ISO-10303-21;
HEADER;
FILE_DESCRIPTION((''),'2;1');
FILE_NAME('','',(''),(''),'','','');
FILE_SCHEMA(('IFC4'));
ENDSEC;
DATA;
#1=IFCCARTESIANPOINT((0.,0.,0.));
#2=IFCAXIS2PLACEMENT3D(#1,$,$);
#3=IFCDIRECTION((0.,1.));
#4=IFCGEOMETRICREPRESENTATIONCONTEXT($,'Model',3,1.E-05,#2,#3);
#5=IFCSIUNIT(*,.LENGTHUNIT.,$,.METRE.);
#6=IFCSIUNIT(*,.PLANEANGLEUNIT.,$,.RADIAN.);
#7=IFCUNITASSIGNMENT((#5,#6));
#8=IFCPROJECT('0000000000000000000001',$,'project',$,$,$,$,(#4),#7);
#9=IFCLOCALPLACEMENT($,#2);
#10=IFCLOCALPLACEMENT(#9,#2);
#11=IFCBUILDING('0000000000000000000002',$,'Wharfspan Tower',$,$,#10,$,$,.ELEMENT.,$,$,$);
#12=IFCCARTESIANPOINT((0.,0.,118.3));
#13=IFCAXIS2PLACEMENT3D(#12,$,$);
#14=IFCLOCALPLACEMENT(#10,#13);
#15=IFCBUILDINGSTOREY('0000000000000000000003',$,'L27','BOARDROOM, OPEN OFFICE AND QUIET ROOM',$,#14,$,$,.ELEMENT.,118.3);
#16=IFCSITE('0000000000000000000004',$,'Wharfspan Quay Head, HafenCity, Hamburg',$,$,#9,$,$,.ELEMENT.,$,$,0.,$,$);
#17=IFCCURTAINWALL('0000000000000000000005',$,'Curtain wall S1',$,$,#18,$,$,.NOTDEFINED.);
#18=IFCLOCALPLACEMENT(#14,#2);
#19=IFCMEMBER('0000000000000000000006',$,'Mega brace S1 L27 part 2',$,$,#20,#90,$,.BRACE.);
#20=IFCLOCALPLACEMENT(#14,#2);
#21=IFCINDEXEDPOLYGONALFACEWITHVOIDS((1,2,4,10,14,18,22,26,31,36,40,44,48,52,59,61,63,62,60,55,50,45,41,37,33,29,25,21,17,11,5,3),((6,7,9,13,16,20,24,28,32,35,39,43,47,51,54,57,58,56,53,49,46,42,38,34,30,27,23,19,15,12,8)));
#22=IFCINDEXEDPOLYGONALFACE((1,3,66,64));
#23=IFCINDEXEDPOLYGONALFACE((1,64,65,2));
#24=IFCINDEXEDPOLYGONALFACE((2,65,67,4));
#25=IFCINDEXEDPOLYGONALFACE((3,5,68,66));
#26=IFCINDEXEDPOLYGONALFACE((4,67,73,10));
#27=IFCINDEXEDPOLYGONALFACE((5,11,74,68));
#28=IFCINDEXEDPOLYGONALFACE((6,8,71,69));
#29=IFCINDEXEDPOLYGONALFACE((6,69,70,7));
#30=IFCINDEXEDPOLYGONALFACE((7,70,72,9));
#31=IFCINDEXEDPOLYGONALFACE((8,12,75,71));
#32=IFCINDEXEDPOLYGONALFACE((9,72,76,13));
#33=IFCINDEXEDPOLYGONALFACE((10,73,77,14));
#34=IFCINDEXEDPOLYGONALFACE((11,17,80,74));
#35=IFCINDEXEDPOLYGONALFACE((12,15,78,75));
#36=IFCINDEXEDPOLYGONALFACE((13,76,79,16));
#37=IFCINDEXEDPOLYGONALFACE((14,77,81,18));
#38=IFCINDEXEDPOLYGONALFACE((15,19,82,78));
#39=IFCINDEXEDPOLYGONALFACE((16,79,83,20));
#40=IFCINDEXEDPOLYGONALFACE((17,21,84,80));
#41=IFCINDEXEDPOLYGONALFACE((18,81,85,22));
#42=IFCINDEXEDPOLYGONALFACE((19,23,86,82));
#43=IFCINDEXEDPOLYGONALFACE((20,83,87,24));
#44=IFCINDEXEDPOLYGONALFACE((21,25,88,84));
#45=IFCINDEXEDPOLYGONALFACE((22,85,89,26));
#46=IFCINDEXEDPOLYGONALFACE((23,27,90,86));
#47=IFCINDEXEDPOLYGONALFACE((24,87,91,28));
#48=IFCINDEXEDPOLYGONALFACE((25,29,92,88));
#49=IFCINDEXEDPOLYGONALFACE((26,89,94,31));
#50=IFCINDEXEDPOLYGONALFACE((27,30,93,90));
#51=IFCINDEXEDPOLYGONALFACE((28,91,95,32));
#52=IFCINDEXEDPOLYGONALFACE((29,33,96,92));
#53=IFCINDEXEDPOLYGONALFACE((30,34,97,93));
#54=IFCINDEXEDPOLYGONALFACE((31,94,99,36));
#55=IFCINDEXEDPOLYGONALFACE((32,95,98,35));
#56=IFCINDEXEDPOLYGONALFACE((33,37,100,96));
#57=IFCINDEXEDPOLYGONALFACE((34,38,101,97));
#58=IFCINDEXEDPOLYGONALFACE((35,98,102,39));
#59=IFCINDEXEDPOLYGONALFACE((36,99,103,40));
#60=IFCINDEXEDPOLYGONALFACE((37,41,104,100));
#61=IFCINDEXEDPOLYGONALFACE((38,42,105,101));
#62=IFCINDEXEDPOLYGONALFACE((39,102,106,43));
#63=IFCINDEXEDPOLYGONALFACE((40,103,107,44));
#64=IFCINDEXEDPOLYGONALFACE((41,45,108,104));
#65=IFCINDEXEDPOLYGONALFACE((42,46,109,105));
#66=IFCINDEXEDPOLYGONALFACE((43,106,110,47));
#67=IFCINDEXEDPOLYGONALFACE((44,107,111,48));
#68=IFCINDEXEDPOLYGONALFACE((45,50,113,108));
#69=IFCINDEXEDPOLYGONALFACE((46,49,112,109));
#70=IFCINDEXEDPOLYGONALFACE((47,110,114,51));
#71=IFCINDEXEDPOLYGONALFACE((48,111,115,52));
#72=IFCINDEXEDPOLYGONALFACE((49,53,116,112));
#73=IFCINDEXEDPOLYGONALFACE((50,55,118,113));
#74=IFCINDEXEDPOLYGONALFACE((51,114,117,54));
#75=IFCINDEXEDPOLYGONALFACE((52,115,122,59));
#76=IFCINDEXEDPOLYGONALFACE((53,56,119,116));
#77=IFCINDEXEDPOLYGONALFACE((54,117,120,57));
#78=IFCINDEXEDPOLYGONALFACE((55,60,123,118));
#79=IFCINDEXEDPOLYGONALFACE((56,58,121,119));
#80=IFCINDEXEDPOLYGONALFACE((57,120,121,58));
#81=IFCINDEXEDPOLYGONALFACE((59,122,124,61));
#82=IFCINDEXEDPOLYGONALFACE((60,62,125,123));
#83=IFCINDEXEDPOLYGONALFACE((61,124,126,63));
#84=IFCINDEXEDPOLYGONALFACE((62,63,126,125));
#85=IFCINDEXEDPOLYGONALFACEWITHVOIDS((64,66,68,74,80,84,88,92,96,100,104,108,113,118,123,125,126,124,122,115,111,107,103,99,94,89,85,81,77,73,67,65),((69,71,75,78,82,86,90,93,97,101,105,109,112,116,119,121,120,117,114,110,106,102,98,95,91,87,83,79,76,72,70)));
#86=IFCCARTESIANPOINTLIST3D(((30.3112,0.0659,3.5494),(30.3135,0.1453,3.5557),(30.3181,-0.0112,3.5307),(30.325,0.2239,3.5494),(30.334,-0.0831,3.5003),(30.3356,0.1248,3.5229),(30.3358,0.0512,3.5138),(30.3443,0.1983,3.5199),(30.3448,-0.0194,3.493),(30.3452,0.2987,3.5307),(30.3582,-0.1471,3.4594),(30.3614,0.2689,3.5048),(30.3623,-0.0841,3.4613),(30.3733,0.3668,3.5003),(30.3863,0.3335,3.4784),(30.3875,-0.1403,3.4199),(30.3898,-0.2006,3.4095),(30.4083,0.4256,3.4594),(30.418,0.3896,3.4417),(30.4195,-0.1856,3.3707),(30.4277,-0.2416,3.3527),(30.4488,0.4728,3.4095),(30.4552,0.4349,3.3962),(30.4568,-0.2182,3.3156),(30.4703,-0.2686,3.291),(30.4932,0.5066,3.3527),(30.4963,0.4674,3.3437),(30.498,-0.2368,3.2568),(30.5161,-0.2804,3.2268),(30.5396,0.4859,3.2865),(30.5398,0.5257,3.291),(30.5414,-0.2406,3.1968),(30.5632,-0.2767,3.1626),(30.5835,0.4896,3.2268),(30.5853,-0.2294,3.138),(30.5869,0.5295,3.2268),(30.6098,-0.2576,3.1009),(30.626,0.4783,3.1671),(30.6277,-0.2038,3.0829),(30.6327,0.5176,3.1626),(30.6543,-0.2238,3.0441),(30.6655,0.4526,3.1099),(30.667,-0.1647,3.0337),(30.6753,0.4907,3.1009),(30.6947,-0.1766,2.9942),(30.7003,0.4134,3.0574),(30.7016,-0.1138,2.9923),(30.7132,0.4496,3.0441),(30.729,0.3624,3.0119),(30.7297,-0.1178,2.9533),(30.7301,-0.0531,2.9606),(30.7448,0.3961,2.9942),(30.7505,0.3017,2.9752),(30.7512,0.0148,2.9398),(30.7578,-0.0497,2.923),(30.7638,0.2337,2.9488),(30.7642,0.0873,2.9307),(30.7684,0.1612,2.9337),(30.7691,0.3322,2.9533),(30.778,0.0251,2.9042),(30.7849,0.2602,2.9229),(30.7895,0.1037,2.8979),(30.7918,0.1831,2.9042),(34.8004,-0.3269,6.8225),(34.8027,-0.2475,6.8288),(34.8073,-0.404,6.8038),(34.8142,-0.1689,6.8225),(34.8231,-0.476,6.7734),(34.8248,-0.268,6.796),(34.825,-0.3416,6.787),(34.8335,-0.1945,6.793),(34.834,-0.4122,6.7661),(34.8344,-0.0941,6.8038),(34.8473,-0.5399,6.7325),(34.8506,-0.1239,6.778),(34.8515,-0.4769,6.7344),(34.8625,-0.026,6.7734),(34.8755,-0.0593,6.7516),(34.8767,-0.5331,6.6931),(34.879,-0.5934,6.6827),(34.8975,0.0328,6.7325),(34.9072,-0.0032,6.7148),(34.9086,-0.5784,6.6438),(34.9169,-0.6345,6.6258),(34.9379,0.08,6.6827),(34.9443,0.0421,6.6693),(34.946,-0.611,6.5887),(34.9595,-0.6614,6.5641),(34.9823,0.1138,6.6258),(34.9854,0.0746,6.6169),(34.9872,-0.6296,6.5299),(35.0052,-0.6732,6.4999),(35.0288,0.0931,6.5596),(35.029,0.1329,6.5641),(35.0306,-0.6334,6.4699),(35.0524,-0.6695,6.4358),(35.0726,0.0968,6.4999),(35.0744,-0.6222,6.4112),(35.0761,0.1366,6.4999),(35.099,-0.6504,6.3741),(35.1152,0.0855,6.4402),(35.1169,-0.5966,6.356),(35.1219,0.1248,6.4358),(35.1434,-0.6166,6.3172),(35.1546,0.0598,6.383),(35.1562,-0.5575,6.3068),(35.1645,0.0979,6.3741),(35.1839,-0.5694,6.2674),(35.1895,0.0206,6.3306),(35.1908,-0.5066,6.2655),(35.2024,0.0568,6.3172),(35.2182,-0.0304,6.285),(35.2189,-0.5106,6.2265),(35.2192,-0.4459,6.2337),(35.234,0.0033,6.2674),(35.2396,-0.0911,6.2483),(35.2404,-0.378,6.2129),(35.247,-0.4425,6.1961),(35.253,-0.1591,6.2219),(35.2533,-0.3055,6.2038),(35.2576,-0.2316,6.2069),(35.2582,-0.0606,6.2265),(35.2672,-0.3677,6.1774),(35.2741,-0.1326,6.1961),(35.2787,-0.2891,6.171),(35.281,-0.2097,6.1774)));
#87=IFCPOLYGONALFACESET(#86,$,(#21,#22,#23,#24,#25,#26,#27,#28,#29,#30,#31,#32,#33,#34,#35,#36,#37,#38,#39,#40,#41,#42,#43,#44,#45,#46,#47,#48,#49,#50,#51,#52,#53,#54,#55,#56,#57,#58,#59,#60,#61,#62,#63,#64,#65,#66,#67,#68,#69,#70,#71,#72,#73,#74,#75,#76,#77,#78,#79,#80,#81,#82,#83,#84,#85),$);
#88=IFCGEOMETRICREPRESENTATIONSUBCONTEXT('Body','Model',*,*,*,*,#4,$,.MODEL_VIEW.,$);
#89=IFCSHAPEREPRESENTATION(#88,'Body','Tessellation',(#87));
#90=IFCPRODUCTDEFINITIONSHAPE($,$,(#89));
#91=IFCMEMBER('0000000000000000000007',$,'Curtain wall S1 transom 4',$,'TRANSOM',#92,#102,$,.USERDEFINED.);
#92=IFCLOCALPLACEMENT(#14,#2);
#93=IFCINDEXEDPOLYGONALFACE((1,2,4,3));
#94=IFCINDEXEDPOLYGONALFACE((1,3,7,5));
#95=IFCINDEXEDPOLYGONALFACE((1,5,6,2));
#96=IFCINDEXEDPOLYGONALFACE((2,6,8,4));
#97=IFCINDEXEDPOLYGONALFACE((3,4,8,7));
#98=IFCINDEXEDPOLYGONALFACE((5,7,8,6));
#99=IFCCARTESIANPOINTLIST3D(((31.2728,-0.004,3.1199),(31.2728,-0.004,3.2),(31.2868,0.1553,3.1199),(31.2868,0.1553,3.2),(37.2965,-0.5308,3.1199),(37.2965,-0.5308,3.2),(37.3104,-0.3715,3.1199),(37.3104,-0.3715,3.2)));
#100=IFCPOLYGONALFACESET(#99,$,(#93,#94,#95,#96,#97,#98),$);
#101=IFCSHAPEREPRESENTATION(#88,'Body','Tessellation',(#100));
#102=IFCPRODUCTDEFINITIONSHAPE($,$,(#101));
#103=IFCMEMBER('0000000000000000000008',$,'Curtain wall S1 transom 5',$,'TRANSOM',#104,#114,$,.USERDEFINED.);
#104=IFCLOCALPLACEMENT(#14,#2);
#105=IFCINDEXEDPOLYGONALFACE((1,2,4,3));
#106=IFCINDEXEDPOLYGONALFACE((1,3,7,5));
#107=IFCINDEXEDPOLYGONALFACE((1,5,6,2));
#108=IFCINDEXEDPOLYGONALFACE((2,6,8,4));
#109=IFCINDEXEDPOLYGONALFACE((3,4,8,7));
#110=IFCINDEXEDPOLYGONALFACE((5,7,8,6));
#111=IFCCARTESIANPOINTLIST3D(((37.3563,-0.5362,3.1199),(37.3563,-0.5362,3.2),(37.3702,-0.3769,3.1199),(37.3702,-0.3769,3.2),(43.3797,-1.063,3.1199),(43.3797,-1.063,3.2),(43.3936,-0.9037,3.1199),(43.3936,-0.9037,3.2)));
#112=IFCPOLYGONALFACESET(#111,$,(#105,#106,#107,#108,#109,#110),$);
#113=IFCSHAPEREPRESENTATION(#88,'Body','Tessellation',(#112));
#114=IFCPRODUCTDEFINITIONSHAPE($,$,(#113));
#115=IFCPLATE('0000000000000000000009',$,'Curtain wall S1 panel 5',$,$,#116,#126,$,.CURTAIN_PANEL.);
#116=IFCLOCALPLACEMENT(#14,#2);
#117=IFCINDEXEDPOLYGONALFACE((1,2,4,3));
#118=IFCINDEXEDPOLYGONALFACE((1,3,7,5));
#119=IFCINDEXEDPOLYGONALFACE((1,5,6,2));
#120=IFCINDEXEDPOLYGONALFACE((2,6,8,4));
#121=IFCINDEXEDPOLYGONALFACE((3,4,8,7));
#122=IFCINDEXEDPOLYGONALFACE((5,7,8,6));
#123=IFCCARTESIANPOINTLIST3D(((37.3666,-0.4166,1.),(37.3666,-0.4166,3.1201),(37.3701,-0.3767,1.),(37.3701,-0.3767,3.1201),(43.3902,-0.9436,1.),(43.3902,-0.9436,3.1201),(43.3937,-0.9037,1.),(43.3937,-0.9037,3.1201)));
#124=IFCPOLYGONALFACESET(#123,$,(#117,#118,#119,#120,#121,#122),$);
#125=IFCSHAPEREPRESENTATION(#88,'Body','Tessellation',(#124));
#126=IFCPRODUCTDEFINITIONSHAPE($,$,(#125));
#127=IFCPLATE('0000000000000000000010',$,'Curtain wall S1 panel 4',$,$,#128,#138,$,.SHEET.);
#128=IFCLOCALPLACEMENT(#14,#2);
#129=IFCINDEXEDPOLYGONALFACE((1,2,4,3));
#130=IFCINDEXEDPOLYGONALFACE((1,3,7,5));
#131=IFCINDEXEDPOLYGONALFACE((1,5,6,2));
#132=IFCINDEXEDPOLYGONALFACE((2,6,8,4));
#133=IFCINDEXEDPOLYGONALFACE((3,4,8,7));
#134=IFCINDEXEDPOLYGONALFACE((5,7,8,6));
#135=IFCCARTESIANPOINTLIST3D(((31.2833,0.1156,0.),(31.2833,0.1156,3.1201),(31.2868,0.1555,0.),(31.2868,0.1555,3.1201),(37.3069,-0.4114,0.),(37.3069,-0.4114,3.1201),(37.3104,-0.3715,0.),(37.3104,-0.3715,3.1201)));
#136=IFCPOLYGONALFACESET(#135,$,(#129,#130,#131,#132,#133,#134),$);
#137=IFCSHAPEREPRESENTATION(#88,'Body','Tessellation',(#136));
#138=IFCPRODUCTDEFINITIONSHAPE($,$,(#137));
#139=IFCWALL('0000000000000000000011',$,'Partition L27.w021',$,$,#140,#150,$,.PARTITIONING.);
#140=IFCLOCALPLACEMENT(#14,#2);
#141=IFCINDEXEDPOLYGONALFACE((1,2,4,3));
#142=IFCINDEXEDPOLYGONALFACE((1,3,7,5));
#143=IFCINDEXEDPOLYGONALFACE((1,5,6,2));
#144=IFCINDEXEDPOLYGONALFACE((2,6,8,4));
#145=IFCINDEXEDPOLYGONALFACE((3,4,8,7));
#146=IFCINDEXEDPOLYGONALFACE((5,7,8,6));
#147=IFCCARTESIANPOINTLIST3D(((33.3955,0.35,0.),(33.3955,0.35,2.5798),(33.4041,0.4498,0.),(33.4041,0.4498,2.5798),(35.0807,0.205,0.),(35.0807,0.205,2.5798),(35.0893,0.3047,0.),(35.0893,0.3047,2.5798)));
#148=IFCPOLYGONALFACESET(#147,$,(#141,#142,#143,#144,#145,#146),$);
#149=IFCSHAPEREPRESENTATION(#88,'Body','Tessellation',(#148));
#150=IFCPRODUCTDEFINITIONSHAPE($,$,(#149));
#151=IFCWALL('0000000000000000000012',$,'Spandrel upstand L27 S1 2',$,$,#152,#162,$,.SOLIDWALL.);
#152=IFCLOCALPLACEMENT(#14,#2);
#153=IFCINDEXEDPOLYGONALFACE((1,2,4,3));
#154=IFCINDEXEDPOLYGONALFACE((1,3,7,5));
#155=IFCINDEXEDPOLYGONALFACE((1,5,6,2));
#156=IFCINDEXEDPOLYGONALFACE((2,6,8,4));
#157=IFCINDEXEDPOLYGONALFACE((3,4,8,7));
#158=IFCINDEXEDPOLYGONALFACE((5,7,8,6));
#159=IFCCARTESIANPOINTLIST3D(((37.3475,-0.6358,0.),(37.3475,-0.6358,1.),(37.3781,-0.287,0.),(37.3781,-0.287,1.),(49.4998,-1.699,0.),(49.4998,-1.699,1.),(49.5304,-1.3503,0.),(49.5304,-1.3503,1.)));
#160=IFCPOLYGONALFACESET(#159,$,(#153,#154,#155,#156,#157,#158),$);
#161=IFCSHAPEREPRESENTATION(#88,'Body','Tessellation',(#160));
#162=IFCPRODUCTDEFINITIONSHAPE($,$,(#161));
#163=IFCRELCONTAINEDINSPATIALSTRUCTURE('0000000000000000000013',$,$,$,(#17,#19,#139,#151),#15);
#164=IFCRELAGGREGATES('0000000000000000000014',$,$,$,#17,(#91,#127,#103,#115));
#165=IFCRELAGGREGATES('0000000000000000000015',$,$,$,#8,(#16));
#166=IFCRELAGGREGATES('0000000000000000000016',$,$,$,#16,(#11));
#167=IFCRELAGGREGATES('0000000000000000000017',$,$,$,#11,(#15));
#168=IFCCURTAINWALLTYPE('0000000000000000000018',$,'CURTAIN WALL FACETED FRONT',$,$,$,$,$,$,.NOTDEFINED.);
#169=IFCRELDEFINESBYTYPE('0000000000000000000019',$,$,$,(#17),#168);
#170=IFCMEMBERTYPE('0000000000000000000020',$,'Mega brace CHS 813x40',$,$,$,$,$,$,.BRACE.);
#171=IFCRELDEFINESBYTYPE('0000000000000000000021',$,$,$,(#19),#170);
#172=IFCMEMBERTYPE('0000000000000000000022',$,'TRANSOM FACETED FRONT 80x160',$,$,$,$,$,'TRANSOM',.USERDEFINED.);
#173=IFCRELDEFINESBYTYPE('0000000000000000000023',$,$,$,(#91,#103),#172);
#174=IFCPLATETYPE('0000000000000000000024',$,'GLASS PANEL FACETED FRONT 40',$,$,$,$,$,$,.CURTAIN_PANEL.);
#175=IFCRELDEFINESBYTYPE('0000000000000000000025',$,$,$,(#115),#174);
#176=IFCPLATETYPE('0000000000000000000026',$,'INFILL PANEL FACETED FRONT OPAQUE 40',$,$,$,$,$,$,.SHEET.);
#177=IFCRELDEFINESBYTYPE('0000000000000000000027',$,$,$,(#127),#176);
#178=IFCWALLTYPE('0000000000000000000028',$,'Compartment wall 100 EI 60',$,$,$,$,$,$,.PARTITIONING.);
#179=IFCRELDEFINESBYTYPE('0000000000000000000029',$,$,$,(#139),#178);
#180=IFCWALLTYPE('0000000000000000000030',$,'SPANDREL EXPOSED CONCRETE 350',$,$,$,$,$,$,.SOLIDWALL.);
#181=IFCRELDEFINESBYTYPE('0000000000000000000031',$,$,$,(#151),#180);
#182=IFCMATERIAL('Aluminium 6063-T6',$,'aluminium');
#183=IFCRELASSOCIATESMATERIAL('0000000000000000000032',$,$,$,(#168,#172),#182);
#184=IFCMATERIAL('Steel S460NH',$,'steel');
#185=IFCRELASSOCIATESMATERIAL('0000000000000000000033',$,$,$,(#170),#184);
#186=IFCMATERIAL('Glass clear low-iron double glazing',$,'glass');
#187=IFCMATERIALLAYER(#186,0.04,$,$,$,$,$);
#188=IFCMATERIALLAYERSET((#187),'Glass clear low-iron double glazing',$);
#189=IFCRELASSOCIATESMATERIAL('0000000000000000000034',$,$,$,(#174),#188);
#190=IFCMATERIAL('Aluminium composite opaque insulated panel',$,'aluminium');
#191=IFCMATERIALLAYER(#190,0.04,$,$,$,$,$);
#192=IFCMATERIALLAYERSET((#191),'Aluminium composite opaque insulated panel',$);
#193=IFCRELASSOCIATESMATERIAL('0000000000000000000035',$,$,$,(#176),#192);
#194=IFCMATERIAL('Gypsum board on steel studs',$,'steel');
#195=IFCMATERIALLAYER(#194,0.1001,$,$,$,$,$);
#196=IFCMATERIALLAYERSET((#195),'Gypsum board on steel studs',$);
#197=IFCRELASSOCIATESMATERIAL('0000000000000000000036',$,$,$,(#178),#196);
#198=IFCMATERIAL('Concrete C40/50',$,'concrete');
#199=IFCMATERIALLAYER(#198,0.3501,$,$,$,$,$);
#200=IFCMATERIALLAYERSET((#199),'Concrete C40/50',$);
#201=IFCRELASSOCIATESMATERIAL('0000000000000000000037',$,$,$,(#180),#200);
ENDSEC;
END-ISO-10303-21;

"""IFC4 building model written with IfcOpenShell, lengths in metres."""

from ifc_helpers import new_model, si_unit, direction, frame, frame_2d, origin, origin_2d, place, context, subcontext, project, spatial, rectangle, hollow_circle, extrude, material, layer, layer_set, material_profile, profile_set, type_object, element, aggregate, save


model = new_model("IFC4")

# Units and contexts
model_context = context("Model", 3, precision=1e-05, world=origin(), true_north=direction((0.0, 1.0)))
body_context = subcontext(model_context, "Body", "Model", "MODEL_VIEW")
ifc_project = project(units=[si_unit("LENGTHUNIT", "METRE"), si_unit("PLANEANGLEUNIT", "RADIAN")], contexts=[model_context])

# Site, building, storey
site_placement = place(None, origin())
site = spatial("IfcSite", under=ifc_project, at=site_placement, Name="Wharfspan Quay Head, HafenCity, Hamburg", CompositionType="ELEMENT", RefElevation=0.0)
building_placement = place(site_placement, origin())
building = spatial("IfcBuilding", under=site, at=building_placement, Name="Wharfspan Tower", CompositionType="ELEMENT")
storey_placement = place(building_placement, frame((0.0, 0.0, 118.3)))
storey = spatial("IfcBuildingStorey", under=building, at=storey_placement, Name="L27", Description="BOARDROOM, OPEN OFFICE AND QUIET ROOM", CompositionType="ELEMENT", Elevation=118.3)

# Curtain wall
ifc_material_1 = material(Name="Aluminium 6063-T6", Category="aluminium")
curtain_wall_type = type_object("IfcCurtainWallType", Name="CURTAIN WALL FACETED FRONT", PredefinedType="NOTDEFINED", material=ifc_material_1)
curtain_wall_placement = place(storey_placement, origin())
curtain_wall = element("IfcCurtainWall", 1, at=curtain_wall_placement, inside=storey, type_object=curtain_wall_type, Name="Curtain wall S1", PredefinedType="NOTDEFINED")

# Members
ifc_material_2 = material(Name="Steel S460NH", Category="steel")
ifc_material_profile_1 = material_profile(ifc_material_2, hollow_circle(Radius=0.4065, WallThickness=0.04, at=origin_2d()))
ifc_profile_set_1 = profile_set([ifc_material_profile_1], Name="Steel S460NH")
member_type_1 = type_object("IfcMemberType", Name="Mega brace CHS 813x40", PredefinedType="BRACE", material=ifc_profile_set_1)
member_1_placement = place(storey_placement, frame((30.5515, 0.1245, 3.2268), z_axis=(0.806015, -0.070528, 0.587679), x_axis=(0.087171, 0.996191, -0.000003)))
element("IfcMember", 2, at=member_1_placement, inside=storey, type_object=member_type_1, Name="Mega brace S1 L27 part 2", PredefinedType="BRACE", context=body_context, shape_type="SweptSolid", body=[
    extrude(hollow_circle(Radius=0.4065, WallThickness=0.04, at=origin_2d()), origin(), (0.0, 0.0, 1.0), 5.5696),
])
ifc_material_profile_2 = material_profile(ifc_material_1, rectangle(XDim=0.1599, YDim=0.0801, at=origin_2d()))
ifc_profile_set_2 = profile_set([ifc_material_profile_2], Name="Aluminium 6063-T6")
member_type_2 = type_object("IfcMemberType", Name="TRANSOM FACETED FRONT 80x160", ElementType="TRANSOM", PredefinedType="USERDEFINED", material=ifc_profile_set_2)
member_2_placement = place(storey_placement, frame((31.2798, 0.0757, 3.1599), z_axis=(0.996197, -0.087131, 0.0), x_axis=(0.087131, 0.996197, 0.0)))
member_2 = element("IfcMember", 3, at=member_2_placement, type_object=member_type_2, Name="Curtain wall S1 transom 4", ObjectType="TRANSOM", PredefinedType="USERDEFINED", context=body_context, shape_type="SweptSolid", body=[
    extrude(rectangle(XDim=0.1599, YDim=0.0801, at=origin_2d()), origin(), (0.0, 0.0, 1.0), 6.0466),
])
member_3_placement = place(storey_placement, frame((37.3633, -0.4565, 3.1599), z_axis=(0.996197, -0.087135, 0.0), x_axis=(0.087135, 0.996197, 0.0)))
member_3 = element("IfcMember", 4, at=member_3_placement, type_object=member_type_2, Name="Curtain wall S1 transom 5", ObjectType="TRANSOM", PredefinedType="USERDEFINED", context=body_context, shape_type="SweptSolid", body=[
    extrude(rectangle(XDim=0.1599, YDim=0.0801, at=origin_2d()), origin(), (0.0, 0.0, 1.0), 6.0464),
])

# Plates
ifc_material_3 = material(Name="Glass clear low-iron double glazing", Category="glass")
ifc_layer_1 = layer(ifc_material_3, 0.04)
ifc_layer_set_1 = layer_set([ifc_layer_1], Name="Glass clear low-iron double glazing")
plate_type_1 = type_object("IfcPlateType", Name="GLASS PANEL FACETED FRONT 40", PredefinedType="CURTAIN_PANEL", material=ifc_layer_set_1)
plate_1_placement = place(storey_placement, frame((40.3801, -0.6602, 1.0), z_axis=(0.0, 0.0, 1.0), x_axis=(0.996198, -0.087156, 0.0)))
plate_1 = element("IfcPlate", 5, at=plate_1_placement, type_object=plate_type_1, Name="Curtain wall S1 panel 5", PredefinedType="CURTAIN_PANEL", context=body_context, shape_type="SweptSolid", body=[
    extrude(rectangle(XDim=6.0466, YDim=0.04, at=origin_2d()), origin(), (0.0, 0.0, 1.0), 2.1201),
])
ifc_material_4 = material(Name="Aluminium composite opaque insulated panel", Category="aluminium")
ifc_layer_2 = layer(ifc_material_4, 0.04)
ifc_layer_set_2 = layer_set([ifc_layer_2], Name="Aluminium composite opaque insulated panel")
plate_type_2 = type_object("IfcPlateType", Name="INFILL PANEL FACETED FRONT OPAQUE 40", PredefinedType="SHEET", material=ifc_layer_set_2)
plate_2_placement = place(storey_placement, frame((34.2969, -0.1279, 0.0), z_axis=(0.0, 0.0, 1.0), x_axis=(0.996198, -0.087156, 0.0)))
plate_2 = element("IfcPlate", 6, at=plate_2_placement, type_object=plate_type_2, Name="Curtain wall S1 panel 4", PredefinedType="SHEET", context=body_context, shape_type="SweptSolid", body=[
    extrude(rectangle(XDim=6.0466, YDim=0.04, at=origin_2d()), origin(), (0.0, 0.0, 1.0), 3.1201),
])
aggregate(curtain_wall, [member_2, plate_2, member_3, plate_1])

# Walls
ifc_material_5 = material(Name="Gypsum board on steel studs", Category="steel")
ifc_layer_3 = layer(ifc_material_5, 0.1001)
ifc_layer_set_3 = layer_set([ifc_layer_3], Name="Gypsum board on steel studs")
wall_type_1 = type_object("IfcWallType", Name="Compartment wall 100 EI 60", PredefinedType="PARTITIONING", material=ifc_layer_set_3)
wall_1_placement = place(storey_placement, frame((35.085, 0.2549, 0.0), z_axis=(0.0, 0.0, 1.0), x_axis=(-0.996316, 0.085745, 0.0)))
element("IfcWall", 7, at=wall_1_placement, inside=storey, type_object=wall_type_1, Name="Partition L27.w021", PredefinedType="PARTITIONING", context=body_context, shape_type="SweptSolid", body=[
    extrude(rectangle(XDim=1.6914, YDim=0.1001, at=frame_2d((0.8457, 0.0))), origin(), (0.0, 0.0, 1.0), 2.5798),
])
ifc_material_6 = material(Name="Concrete C40/50", Category="concrete")
ifc_layer_4 = layer(ifc_material_6, 0.3501)
ifc_layer_set_4 = layer_set([ifc_layer_4], Name="Concrete C40/50")
wall_type_2 = type_object("IfcWallType", Name="SPANDREL EXPOSED CONCRETE 350", PredefinedType="SOLIDWALL", material=ifc_layer_set_4)
wall_2_placement = place(storey_placement, frame((37.3628, -0.4614, 0.0), z_axis=(0.0, 0.0, 1.0), x_axis=(0.996194, -0.087159, 0.0)))
element("IfcWall", 8, at=wall_2_placement, inside=storey, type_object=wall_type_2, Name="Spandrel upstand L27 S1 2", PredefinedType="SOLIDWALL", context=body_context, shape_type="SweptSolid", body=[
    extrude(rectangle(XDim=12.1987, YDim=0.3501, at=frame_2d((6.0994, 0.0))), origin(), (0.0, 0.0, 1.0), 1.0),
])

save(model, "model.ifc")
